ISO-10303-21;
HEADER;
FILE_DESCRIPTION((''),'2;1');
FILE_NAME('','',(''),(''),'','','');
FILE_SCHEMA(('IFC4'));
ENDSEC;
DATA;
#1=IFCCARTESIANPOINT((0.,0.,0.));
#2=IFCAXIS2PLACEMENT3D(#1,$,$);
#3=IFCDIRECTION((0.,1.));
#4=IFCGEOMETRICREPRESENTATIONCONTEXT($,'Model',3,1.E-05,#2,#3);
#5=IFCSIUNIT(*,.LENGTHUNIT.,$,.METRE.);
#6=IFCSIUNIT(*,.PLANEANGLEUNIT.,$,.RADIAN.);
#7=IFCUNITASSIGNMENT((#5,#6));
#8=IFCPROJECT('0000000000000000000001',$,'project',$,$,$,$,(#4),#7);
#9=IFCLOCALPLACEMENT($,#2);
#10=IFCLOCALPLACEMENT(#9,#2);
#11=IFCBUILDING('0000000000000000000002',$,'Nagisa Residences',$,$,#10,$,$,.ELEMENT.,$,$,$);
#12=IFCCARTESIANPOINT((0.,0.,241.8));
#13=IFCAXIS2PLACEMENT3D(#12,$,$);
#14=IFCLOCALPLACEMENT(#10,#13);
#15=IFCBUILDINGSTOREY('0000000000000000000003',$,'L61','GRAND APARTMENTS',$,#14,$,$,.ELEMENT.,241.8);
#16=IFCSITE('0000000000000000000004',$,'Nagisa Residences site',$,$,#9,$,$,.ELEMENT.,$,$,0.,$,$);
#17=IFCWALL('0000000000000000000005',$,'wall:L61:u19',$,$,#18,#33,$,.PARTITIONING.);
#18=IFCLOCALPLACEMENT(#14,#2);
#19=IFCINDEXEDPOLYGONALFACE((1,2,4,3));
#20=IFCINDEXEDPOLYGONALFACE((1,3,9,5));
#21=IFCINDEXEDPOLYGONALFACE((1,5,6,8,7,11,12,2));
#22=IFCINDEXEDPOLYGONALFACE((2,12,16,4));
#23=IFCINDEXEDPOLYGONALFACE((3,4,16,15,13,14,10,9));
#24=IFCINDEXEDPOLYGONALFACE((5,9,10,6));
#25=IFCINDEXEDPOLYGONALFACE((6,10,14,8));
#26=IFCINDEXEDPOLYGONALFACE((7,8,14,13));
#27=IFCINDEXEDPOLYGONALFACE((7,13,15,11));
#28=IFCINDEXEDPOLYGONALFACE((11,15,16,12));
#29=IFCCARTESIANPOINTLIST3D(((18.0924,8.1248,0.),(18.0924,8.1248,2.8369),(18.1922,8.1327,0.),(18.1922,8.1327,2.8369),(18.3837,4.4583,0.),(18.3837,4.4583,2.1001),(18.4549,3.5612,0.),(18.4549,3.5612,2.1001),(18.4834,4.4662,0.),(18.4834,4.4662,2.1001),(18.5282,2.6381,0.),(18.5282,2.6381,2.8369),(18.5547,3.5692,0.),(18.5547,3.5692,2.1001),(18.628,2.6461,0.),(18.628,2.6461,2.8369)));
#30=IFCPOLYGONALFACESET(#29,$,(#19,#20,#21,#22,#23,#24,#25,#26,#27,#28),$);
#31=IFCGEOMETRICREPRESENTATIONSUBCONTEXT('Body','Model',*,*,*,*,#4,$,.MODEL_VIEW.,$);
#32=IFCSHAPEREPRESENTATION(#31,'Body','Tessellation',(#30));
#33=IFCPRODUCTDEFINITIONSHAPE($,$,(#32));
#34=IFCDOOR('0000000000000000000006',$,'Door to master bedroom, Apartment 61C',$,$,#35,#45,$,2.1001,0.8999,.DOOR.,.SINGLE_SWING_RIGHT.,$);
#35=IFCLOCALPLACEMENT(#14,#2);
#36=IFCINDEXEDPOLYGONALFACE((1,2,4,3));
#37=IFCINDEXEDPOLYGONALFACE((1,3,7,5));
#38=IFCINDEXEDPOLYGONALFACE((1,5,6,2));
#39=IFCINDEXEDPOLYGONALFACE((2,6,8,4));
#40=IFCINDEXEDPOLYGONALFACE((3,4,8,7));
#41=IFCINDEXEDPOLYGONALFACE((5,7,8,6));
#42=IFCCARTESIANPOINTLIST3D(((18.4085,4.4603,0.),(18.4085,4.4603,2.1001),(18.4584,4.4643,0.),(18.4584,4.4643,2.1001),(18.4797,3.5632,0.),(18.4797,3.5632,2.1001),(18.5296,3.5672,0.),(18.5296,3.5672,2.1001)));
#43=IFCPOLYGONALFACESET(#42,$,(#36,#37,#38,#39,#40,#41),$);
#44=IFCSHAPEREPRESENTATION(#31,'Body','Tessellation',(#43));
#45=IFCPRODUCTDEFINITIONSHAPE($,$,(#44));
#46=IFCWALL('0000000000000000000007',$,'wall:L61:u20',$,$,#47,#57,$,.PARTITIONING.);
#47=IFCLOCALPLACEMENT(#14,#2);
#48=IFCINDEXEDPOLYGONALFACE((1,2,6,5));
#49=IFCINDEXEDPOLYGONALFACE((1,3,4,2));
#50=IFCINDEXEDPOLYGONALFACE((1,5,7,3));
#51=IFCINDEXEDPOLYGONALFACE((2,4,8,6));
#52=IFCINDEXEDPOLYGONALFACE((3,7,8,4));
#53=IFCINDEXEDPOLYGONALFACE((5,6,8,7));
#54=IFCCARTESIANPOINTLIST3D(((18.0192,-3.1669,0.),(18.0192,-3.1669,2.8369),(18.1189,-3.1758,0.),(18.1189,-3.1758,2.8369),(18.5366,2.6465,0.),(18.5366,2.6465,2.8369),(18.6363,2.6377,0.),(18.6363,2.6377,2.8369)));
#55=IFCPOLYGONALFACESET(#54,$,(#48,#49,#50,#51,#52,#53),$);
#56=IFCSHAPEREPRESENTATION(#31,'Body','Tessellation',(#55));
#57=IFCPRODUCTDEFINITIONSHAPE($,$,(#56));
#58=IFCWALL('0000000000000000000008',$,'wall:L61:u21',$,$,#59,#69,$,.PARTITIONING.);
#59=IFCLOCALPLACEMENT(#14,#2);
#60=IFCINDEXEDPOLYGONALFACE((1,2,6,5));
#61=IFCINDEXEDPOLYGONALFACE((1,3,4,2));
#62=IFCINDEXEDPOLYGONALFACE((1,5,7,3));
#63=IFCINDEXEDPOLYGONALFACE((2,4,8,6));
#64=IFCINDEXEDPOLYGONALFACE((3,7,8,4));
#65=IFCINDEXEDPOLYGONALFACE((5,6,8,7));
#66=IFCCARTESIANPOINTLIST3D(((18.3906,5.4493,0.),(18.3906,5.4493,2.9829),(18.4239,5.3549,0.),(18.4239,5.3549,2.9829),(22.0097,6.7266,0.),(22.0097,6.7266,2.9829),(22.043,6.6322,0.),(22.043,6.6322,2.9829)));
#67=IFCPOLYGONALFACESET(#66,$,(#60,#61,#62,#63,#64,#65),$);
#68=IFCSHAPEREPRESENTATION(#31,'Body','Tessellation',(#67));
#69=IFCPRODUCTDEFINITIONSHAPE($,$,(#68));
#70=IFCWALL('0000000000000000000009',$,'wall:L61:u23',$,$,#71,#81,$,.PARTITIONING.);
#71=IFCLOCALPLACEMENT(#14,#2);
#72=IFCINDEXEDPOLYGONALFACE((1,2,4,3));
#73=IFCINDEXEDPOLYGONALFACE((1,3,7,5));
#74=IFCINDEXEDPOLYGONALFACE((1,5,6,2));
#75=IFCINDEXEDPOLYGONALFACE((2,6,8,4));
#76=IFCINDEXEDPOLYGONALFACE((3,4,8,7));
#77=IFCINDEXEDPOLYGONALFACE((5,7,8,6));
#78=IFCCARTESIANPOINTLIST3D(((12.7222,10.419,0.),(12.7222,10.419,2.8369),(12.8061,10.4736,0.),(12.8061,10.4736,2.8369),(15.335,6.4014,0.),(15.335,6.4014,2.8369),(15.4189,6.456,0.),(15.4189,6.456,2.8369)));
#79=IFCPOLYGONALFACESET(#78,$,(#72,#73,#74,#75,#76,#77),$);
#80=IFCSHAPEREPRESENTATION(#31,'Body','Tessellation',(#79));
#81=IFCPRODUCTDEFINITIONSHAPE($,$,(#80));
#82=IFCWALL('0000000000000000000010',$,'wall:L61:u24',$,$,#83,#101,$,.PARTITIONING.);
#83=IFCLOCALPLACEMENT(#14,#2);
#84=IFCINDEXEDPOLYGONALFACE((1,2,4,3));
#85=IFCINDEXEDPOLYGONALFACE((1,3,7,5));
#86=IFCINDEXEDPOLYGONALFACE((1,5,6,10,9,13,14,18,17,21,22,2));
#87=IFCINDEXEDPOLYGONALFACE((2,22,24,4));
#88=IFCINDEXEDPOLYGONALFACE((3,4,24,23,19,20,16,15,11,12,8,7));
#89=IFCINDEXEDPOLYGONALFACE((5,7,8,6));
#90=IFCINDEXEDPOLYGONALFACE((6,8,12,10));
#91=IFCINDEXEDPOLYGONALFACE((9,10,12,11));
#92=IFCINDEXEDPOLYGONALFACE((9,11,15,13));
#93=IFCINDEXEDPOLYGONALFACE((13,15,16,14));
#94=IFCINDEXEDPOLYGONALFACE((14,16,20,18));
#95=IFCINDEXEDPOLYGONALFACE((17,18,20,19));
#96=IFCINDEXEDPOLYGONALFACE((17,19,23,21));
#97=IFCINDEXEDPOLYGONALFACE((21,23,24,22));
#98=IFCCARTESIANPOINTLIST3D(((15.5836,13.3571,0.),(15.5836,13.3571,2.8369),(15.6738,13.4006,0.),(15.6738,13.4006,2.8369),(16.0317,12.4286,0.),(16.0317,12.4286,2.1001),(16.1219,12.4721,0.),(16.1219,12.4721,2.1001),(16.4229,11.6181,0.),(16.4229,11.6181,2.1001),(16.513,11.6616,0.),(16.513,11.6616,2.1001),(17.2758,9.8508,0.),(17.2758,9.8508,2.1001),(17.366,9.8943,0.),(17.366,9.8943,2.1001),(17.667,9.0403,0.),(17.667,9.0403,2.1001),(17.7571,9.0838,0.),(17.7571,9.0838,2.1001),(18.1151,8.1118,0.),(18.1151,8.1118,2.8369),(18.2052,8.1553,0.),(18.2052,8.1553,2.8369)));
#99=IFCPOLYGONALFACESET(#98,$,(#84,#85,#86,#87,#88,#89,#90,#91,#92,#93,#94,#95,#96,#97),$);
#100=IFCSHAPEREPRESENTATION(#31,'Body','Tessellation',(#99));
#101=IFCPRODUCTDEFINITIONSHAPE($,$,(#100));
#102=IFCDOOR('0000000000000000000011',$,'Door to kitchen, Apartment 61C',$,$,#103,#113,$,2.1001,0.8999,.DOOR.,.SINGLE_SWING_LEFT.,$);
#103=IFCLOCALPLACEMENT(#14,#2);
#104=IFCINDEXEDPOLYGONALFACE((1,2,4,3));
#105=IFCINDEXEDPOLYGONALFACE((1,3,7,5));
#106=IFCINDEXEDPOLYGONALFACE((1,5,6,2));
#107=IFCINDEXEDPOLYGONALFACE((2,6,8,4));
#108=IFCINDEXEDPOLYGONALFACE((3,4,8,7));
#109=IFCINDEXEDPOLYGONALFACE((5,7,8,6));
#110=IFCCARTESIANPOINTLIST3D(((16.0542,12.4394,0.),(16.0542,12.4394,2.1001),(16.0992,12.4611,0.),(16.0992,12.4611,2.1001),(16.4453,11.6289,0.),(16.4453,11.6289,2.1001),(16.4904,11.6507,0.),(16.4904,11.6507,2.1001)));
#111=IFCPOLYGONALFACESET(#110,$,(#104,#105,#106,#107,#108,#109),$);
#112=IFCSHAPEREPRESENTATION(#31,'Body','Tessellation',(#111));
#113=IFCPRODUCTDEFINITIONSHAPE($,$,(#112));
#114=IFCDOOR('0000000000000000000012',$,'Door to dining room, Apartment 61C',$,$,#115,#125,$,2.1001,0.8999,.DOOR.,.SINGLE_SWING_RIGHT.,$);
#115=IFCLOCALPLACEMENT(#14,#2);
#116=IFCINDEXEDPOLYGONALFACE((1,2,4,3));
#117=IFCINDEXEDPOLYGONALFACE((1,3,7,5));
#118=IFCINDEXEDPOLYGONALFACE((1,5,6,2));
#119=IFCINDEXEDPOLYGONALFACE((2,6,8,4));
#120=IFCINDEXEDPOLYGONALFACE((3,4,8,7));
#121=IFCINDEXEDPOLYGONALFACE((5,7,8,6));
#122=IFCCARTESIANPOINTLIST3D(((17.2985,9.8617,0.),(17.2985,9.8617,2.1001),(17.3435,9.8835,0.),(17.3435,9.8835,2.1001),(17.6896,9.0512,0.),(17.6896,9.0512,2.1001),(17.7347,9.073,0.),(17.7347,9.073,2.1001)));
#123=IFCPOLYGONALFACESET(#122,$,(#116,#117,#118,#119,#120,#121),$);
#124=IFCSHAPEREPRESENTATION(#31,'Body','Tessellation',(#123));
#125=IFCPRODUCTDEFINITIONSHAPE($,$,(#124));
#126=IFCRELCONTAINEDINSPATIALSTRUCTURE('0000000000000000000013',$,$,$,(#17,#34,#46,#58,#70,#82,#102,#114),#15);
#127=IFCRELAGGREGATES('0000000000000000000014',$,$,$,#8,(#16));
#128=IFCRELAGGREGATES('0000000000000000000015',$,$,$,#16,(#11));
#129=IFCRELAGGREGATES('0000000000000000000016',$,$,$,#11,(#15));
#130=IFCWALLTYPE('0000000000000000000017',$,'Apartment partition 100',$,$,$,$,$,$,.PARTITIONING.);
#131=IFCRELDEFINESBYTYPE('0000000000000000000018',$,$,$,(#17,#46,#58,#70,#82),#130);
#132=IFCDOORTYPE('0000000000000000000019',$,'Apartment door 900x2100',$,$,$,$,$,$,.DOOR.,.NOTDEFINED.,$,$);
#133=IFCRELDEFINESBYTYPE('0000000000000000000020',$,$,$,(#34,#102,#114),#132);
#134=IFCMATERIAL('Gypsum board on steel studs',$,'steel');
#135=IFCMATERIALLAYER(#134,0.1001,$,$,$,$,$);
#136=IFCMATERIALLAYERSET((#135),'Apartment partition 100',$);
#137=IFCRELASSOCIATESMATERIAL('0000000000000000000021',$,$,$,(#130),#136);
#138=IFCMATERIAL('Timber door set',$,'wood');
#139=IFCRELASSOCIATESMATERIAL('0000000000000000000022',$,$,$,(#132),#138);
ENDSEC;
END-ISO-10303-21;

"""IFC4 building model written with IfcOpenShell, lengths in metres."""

from ifc_helpers import new_model, si_unit, direction, frame, frame_2d, origin, place, context, subcontext, project, spatial, rectangle, extrude, material, layer, layer_set, type_object, element, fill, save


model = new_model("IFC4")

# Units and contexts
model_context = context("Model", 3, precision=1e-05, world=origin(), true_north=direction((0.0, 1.0)))
body_context = subcontext(model_context, "Body", "Model", "MODEL_VIEW")
ifc_project = project(units=[si_unit("LENGTHUNIT", "METRE"), si_unit("PLANEANGLEUNIT", "RADIAN")], contexts=[model_context])

# Site, building, storey
site_placement = place(None, origin())
site = spatial("IfcSite", under=ifc_project, at=site_placement, Name="Nagisa Residences site", CompositionType="ELEMENT", RefElevation=0.0)
building_placement = place(site_placement, origin())
building = spatial("IfcBuilding", under=site, at=building_placement, Name="Nagisa Residences", CompositionType="ELEMENT")
storey_placement = place(building_placement, frame((0.0, 0.0, 241.8)))
storey = spatial("IfcBuildingStorey", under=building, at=storey_placement, Name="L61", Description="GRAND APARTMENTS", CompositionType="ELEMENT", Elevation=241.8)

# Wall, opening, door
ifc_material_1 = material(Name="Gypsum board on steel studs", Category="steel")
ifc_layer_1 = layer(ifc_material_1, 0.1001)
ifc_layer_set_1 = layer_set([ifc_layer_1], Name="Apartment partition 100")
wall_type_1 = type_object("IfcWallType", Name="Apartment partition 100", PredefinedType="PARTITIONING", material=ifc_layer_set_1)
ifc_material_2 = material(Name="Timber door set", Category="wood")
door_type_1 = type_object("IfcDoorType", Name="Apartment door 900x2100", OperationType="NOTDEFINED", PredefinedType="DOOR", material=ifc_material_2)
wall_1_placement = place(storey_placement, frame((18.5781, 2.6421, 0.0), z_axis=(0.0, 0.0, 1.0), x_axis=(-0.079179, 0.99686, 0.0)))
wall_1 = element("IfcWall", 1, at=wall_1_placement, inside=storey, type_object=wall_type_1, Name="wall:L61:u19", PredefinedType="PARTITIONING", context=body_context, shape_type="SweptSolid", body=[
    extrude(rectangle(XDim=5.5039, YDim=0.1001, at=frame_2d((2.752, 0.0))), origin(), (0.0, 0.0, 1.0), 2.8369),
])
opening_1_placement = place(wall_1_placement, frame((0.926, 0.0, 0.0)))
opening_1 = element("IfcOpeningElement", 2, at=opening_1_placement, cuts=wall_1, PredefinedType="OPENING", context=body_context, shape_type="SweptSolid", body=[
    extrude(rectangle(XDim=0.8999, YDim=2.1001, at=frame_2d((0.45, 1.05))), frame((0.0, 0.0601, 0.0), z_axis=(0.0, -1.0, 0.0), x_axis=(1.0, 0.0, 0.0)), (0.0, 0.0, 1.0), 0.1201),
])
door_1_placement = place(opening_1_placement, frame((0.8999, 0.0, 0.0), x_axis=(-1.0, 0.0, 0.0)))
door_1 = element("IfcDoor", 3, at=door_1_placement, inside=storey, type_object=door_type_1, Name="Door to master bedroom, Apartment 61C", OperationType="SINGLE_SWING_RIGHT", OverallHeight=2.1001, OverallWidth=0.8999, PredefinedType="DOOR", context=body_context, shape_type="SweptSolid", body=[
    extrude(rectangle(XDim=0.8999, YDim=2.1001, at=frame_2d((0.45, 1.05))), frame((0.0, 0.0249, 0.0), z_axis=(0.0, -1.0, 0.0), x_axis=(1.0, 0.0, 0.0)), (0.0, 0.0, 1.0), 0.05),
])
fill(opening_1, door_1)

# Walls
wall_2_placement = place(storey_placement, frame((18.5864, 2.6421, 0.0), z_axis=(0.0, 0.0, 1.0), x_axis=(-0.088638, -0.996064, 0.0)))
element("IfcWall", 4, at=wall_2_placement, inside=storey, type_object=wall_type_1, Name="wall:L61:u20", PredefinedType="PARTITIONING", context=body_context, shape_type="SweptSolid", body=[
    extrude(rectangle(XDim=5.8364, YDim=0.1001, at=frame_2d((2.9182, 0.0))), origin(), (0.0, 0.0, 1.0), 2.8369),
])
wall_3_placement = place(storey_placement, frame((18.4072, 5.4021, 0.0), z_axis=(0.0, 0.0, 1.0), x_axis=(0.94299, 0.33282, 0.0)))
element("IfcWall", 5, at=wall_3_placement, inside=storey, type_object=wall_type_1, Name="wall:L61:u21", PredefinedType="PARTITIONING", context=body_context, shape_type="SweptSolid", body=[
    extrude(rectangle(XDim=3.8379, YDim=0.1001, at=frame_2d((1.9189, 0.0))), origin(), (0.0, 0.0, 1.0), 2.9829),
])
wall_4_placement = place(storey_placement, frame((15.377, 6.4287, 0.0), z_axis=(0.0, 0.0, 1.0), x_axis=(-0.545189, 0.838313, 0.0)))
element("IfcWall", 6, at=wall_4_placement, inside=storey, type_object=wall_type_1, Name="wall:L61:u23", PredefinedType="PARTITIONING", context=body_context, shape_type="SweptSolid", body=[
    extrude(rectangle(XDim=4.7925, YDim=0.1001, at=frame_2d((2.3962, 0.0))), origin(), (0.0, 0.0, 1.0), 2.8369),
])

# Wall, openings, doors
wall_5_placement = place(storey_placement, frame((18.1602, 8.1335, 0.0), z_axis=(0.0, 0.0, 1.0), x_axis=(-0.434645, 0.900602, 0.0)))
wall_5 = element("IfcWall", 7, at=wall_5_placement, inside=storey, type_object=wall_type_1, Name="wall:L61:u24", PredefinedType="PARTITIONING", context=body_context, shape_type="SweptSolid", body=[
    extrude(rectangle(XDim=5.8242, YDim=0.1001, at=frame_2d((2.9121, 0.0))), origin(), (0.0, 0.0, 1.0), 2.8369),
])
opening_2_placement = place(wall_5_placement, frame((3.8933, 0.0, 0.0)))
opening_2 = element("IfcOpeningElement", 8, at=opening_2_placement, cuts=wall_5, PredefinedType="OPENING", context=body_context, shape_type="SweptSolid", body=[
    extrude(rectangle(XDim=0.8999, YDim=2.1001, at=frame_2d((0.45, 1.05))), frame((0.0, 0.0601, 0.0), z_axis=(0.0, -1.0, 0.0), x_axis=(1.0, 0.0, 0.0)), (0.0, 0.0, 1.0), 0.1201),
])
opening_3_placement = place(wall_5_placement, frame((1.031, 0.0, 0.0)))
opening_3 = element("IfcOpeningElement", 9, at=opening_3_placement, cuts=wall_5, PredefinedType="OPENING", context=body_context, shape_type="SweptSolid", body=[
    extrude(rectangle(XDim=0.8999, YDim=2.1001, at=frame_2d((0.45, 1.05))), frame((0.0, 0.0601, 0.0), z_axis=(0.0, -1.0, 0.0), x_axis=(1.0, 0.0, 0.0)), (0.0, 0.0, 1.0), 0.1201),
])
door_2_placement = place(opening_2_placement, frame((0.8999, 0.0, 0.0), x_axis=(-1.0, 0.0, 0.0)))
door_2 = element("IfcDoor", 10, at=door_2_placement, inside=storey, type_object=door_type_1, Name="Door to kitchen, Apartment 61C", OperationType="SINGLE_SWING_LEFT", OverallHeight=2.1001, OverallWidth=0.8999, PredefinedType="DOOR", context=body_context, shape_type="SweptSolid", body=[
    extrude(rectangle(XDim=0.8999, YDim=2.1001, at=frame_2d((0.45, 1.05))), frame((0.0, 0.0249, 0.0), z_axis=(0.0, -1.0, 0.0), x_axis=(1.0, 0.0, 0.0)), (0.0, 0.0, 1.0), 0.05),
])
fill(opening_2, door_2)
door_3_placement = place(opening_3_placement, origin())
door_3 = element("IfcDoor", 11, at=door_3_placement, inside=storey, type_object=door_type_1, Name="Door to dining room, Apartment 61C", OperationType="SINGLE_SWING_RIGHT", OverallHeight=2.1001, OverallWidth=0.8999, PredefinedType="DOOR", context=body_context, shape_type="SweptSolid", body=[
    extrude(rectangle(XDim=0.8999, YDim=2.1001, at=frame_2d((0.45, 1.05))), frame((0.0, 0.0249, 0.0), z_axis=(0.0, -1.0, 0.0), x_axis=(1.0, 0.0, 0.0)), (0.0, 0.0, 1.0), 0.05),
])
fill(opening_3, door_3)

save(model, "model.ifc")
